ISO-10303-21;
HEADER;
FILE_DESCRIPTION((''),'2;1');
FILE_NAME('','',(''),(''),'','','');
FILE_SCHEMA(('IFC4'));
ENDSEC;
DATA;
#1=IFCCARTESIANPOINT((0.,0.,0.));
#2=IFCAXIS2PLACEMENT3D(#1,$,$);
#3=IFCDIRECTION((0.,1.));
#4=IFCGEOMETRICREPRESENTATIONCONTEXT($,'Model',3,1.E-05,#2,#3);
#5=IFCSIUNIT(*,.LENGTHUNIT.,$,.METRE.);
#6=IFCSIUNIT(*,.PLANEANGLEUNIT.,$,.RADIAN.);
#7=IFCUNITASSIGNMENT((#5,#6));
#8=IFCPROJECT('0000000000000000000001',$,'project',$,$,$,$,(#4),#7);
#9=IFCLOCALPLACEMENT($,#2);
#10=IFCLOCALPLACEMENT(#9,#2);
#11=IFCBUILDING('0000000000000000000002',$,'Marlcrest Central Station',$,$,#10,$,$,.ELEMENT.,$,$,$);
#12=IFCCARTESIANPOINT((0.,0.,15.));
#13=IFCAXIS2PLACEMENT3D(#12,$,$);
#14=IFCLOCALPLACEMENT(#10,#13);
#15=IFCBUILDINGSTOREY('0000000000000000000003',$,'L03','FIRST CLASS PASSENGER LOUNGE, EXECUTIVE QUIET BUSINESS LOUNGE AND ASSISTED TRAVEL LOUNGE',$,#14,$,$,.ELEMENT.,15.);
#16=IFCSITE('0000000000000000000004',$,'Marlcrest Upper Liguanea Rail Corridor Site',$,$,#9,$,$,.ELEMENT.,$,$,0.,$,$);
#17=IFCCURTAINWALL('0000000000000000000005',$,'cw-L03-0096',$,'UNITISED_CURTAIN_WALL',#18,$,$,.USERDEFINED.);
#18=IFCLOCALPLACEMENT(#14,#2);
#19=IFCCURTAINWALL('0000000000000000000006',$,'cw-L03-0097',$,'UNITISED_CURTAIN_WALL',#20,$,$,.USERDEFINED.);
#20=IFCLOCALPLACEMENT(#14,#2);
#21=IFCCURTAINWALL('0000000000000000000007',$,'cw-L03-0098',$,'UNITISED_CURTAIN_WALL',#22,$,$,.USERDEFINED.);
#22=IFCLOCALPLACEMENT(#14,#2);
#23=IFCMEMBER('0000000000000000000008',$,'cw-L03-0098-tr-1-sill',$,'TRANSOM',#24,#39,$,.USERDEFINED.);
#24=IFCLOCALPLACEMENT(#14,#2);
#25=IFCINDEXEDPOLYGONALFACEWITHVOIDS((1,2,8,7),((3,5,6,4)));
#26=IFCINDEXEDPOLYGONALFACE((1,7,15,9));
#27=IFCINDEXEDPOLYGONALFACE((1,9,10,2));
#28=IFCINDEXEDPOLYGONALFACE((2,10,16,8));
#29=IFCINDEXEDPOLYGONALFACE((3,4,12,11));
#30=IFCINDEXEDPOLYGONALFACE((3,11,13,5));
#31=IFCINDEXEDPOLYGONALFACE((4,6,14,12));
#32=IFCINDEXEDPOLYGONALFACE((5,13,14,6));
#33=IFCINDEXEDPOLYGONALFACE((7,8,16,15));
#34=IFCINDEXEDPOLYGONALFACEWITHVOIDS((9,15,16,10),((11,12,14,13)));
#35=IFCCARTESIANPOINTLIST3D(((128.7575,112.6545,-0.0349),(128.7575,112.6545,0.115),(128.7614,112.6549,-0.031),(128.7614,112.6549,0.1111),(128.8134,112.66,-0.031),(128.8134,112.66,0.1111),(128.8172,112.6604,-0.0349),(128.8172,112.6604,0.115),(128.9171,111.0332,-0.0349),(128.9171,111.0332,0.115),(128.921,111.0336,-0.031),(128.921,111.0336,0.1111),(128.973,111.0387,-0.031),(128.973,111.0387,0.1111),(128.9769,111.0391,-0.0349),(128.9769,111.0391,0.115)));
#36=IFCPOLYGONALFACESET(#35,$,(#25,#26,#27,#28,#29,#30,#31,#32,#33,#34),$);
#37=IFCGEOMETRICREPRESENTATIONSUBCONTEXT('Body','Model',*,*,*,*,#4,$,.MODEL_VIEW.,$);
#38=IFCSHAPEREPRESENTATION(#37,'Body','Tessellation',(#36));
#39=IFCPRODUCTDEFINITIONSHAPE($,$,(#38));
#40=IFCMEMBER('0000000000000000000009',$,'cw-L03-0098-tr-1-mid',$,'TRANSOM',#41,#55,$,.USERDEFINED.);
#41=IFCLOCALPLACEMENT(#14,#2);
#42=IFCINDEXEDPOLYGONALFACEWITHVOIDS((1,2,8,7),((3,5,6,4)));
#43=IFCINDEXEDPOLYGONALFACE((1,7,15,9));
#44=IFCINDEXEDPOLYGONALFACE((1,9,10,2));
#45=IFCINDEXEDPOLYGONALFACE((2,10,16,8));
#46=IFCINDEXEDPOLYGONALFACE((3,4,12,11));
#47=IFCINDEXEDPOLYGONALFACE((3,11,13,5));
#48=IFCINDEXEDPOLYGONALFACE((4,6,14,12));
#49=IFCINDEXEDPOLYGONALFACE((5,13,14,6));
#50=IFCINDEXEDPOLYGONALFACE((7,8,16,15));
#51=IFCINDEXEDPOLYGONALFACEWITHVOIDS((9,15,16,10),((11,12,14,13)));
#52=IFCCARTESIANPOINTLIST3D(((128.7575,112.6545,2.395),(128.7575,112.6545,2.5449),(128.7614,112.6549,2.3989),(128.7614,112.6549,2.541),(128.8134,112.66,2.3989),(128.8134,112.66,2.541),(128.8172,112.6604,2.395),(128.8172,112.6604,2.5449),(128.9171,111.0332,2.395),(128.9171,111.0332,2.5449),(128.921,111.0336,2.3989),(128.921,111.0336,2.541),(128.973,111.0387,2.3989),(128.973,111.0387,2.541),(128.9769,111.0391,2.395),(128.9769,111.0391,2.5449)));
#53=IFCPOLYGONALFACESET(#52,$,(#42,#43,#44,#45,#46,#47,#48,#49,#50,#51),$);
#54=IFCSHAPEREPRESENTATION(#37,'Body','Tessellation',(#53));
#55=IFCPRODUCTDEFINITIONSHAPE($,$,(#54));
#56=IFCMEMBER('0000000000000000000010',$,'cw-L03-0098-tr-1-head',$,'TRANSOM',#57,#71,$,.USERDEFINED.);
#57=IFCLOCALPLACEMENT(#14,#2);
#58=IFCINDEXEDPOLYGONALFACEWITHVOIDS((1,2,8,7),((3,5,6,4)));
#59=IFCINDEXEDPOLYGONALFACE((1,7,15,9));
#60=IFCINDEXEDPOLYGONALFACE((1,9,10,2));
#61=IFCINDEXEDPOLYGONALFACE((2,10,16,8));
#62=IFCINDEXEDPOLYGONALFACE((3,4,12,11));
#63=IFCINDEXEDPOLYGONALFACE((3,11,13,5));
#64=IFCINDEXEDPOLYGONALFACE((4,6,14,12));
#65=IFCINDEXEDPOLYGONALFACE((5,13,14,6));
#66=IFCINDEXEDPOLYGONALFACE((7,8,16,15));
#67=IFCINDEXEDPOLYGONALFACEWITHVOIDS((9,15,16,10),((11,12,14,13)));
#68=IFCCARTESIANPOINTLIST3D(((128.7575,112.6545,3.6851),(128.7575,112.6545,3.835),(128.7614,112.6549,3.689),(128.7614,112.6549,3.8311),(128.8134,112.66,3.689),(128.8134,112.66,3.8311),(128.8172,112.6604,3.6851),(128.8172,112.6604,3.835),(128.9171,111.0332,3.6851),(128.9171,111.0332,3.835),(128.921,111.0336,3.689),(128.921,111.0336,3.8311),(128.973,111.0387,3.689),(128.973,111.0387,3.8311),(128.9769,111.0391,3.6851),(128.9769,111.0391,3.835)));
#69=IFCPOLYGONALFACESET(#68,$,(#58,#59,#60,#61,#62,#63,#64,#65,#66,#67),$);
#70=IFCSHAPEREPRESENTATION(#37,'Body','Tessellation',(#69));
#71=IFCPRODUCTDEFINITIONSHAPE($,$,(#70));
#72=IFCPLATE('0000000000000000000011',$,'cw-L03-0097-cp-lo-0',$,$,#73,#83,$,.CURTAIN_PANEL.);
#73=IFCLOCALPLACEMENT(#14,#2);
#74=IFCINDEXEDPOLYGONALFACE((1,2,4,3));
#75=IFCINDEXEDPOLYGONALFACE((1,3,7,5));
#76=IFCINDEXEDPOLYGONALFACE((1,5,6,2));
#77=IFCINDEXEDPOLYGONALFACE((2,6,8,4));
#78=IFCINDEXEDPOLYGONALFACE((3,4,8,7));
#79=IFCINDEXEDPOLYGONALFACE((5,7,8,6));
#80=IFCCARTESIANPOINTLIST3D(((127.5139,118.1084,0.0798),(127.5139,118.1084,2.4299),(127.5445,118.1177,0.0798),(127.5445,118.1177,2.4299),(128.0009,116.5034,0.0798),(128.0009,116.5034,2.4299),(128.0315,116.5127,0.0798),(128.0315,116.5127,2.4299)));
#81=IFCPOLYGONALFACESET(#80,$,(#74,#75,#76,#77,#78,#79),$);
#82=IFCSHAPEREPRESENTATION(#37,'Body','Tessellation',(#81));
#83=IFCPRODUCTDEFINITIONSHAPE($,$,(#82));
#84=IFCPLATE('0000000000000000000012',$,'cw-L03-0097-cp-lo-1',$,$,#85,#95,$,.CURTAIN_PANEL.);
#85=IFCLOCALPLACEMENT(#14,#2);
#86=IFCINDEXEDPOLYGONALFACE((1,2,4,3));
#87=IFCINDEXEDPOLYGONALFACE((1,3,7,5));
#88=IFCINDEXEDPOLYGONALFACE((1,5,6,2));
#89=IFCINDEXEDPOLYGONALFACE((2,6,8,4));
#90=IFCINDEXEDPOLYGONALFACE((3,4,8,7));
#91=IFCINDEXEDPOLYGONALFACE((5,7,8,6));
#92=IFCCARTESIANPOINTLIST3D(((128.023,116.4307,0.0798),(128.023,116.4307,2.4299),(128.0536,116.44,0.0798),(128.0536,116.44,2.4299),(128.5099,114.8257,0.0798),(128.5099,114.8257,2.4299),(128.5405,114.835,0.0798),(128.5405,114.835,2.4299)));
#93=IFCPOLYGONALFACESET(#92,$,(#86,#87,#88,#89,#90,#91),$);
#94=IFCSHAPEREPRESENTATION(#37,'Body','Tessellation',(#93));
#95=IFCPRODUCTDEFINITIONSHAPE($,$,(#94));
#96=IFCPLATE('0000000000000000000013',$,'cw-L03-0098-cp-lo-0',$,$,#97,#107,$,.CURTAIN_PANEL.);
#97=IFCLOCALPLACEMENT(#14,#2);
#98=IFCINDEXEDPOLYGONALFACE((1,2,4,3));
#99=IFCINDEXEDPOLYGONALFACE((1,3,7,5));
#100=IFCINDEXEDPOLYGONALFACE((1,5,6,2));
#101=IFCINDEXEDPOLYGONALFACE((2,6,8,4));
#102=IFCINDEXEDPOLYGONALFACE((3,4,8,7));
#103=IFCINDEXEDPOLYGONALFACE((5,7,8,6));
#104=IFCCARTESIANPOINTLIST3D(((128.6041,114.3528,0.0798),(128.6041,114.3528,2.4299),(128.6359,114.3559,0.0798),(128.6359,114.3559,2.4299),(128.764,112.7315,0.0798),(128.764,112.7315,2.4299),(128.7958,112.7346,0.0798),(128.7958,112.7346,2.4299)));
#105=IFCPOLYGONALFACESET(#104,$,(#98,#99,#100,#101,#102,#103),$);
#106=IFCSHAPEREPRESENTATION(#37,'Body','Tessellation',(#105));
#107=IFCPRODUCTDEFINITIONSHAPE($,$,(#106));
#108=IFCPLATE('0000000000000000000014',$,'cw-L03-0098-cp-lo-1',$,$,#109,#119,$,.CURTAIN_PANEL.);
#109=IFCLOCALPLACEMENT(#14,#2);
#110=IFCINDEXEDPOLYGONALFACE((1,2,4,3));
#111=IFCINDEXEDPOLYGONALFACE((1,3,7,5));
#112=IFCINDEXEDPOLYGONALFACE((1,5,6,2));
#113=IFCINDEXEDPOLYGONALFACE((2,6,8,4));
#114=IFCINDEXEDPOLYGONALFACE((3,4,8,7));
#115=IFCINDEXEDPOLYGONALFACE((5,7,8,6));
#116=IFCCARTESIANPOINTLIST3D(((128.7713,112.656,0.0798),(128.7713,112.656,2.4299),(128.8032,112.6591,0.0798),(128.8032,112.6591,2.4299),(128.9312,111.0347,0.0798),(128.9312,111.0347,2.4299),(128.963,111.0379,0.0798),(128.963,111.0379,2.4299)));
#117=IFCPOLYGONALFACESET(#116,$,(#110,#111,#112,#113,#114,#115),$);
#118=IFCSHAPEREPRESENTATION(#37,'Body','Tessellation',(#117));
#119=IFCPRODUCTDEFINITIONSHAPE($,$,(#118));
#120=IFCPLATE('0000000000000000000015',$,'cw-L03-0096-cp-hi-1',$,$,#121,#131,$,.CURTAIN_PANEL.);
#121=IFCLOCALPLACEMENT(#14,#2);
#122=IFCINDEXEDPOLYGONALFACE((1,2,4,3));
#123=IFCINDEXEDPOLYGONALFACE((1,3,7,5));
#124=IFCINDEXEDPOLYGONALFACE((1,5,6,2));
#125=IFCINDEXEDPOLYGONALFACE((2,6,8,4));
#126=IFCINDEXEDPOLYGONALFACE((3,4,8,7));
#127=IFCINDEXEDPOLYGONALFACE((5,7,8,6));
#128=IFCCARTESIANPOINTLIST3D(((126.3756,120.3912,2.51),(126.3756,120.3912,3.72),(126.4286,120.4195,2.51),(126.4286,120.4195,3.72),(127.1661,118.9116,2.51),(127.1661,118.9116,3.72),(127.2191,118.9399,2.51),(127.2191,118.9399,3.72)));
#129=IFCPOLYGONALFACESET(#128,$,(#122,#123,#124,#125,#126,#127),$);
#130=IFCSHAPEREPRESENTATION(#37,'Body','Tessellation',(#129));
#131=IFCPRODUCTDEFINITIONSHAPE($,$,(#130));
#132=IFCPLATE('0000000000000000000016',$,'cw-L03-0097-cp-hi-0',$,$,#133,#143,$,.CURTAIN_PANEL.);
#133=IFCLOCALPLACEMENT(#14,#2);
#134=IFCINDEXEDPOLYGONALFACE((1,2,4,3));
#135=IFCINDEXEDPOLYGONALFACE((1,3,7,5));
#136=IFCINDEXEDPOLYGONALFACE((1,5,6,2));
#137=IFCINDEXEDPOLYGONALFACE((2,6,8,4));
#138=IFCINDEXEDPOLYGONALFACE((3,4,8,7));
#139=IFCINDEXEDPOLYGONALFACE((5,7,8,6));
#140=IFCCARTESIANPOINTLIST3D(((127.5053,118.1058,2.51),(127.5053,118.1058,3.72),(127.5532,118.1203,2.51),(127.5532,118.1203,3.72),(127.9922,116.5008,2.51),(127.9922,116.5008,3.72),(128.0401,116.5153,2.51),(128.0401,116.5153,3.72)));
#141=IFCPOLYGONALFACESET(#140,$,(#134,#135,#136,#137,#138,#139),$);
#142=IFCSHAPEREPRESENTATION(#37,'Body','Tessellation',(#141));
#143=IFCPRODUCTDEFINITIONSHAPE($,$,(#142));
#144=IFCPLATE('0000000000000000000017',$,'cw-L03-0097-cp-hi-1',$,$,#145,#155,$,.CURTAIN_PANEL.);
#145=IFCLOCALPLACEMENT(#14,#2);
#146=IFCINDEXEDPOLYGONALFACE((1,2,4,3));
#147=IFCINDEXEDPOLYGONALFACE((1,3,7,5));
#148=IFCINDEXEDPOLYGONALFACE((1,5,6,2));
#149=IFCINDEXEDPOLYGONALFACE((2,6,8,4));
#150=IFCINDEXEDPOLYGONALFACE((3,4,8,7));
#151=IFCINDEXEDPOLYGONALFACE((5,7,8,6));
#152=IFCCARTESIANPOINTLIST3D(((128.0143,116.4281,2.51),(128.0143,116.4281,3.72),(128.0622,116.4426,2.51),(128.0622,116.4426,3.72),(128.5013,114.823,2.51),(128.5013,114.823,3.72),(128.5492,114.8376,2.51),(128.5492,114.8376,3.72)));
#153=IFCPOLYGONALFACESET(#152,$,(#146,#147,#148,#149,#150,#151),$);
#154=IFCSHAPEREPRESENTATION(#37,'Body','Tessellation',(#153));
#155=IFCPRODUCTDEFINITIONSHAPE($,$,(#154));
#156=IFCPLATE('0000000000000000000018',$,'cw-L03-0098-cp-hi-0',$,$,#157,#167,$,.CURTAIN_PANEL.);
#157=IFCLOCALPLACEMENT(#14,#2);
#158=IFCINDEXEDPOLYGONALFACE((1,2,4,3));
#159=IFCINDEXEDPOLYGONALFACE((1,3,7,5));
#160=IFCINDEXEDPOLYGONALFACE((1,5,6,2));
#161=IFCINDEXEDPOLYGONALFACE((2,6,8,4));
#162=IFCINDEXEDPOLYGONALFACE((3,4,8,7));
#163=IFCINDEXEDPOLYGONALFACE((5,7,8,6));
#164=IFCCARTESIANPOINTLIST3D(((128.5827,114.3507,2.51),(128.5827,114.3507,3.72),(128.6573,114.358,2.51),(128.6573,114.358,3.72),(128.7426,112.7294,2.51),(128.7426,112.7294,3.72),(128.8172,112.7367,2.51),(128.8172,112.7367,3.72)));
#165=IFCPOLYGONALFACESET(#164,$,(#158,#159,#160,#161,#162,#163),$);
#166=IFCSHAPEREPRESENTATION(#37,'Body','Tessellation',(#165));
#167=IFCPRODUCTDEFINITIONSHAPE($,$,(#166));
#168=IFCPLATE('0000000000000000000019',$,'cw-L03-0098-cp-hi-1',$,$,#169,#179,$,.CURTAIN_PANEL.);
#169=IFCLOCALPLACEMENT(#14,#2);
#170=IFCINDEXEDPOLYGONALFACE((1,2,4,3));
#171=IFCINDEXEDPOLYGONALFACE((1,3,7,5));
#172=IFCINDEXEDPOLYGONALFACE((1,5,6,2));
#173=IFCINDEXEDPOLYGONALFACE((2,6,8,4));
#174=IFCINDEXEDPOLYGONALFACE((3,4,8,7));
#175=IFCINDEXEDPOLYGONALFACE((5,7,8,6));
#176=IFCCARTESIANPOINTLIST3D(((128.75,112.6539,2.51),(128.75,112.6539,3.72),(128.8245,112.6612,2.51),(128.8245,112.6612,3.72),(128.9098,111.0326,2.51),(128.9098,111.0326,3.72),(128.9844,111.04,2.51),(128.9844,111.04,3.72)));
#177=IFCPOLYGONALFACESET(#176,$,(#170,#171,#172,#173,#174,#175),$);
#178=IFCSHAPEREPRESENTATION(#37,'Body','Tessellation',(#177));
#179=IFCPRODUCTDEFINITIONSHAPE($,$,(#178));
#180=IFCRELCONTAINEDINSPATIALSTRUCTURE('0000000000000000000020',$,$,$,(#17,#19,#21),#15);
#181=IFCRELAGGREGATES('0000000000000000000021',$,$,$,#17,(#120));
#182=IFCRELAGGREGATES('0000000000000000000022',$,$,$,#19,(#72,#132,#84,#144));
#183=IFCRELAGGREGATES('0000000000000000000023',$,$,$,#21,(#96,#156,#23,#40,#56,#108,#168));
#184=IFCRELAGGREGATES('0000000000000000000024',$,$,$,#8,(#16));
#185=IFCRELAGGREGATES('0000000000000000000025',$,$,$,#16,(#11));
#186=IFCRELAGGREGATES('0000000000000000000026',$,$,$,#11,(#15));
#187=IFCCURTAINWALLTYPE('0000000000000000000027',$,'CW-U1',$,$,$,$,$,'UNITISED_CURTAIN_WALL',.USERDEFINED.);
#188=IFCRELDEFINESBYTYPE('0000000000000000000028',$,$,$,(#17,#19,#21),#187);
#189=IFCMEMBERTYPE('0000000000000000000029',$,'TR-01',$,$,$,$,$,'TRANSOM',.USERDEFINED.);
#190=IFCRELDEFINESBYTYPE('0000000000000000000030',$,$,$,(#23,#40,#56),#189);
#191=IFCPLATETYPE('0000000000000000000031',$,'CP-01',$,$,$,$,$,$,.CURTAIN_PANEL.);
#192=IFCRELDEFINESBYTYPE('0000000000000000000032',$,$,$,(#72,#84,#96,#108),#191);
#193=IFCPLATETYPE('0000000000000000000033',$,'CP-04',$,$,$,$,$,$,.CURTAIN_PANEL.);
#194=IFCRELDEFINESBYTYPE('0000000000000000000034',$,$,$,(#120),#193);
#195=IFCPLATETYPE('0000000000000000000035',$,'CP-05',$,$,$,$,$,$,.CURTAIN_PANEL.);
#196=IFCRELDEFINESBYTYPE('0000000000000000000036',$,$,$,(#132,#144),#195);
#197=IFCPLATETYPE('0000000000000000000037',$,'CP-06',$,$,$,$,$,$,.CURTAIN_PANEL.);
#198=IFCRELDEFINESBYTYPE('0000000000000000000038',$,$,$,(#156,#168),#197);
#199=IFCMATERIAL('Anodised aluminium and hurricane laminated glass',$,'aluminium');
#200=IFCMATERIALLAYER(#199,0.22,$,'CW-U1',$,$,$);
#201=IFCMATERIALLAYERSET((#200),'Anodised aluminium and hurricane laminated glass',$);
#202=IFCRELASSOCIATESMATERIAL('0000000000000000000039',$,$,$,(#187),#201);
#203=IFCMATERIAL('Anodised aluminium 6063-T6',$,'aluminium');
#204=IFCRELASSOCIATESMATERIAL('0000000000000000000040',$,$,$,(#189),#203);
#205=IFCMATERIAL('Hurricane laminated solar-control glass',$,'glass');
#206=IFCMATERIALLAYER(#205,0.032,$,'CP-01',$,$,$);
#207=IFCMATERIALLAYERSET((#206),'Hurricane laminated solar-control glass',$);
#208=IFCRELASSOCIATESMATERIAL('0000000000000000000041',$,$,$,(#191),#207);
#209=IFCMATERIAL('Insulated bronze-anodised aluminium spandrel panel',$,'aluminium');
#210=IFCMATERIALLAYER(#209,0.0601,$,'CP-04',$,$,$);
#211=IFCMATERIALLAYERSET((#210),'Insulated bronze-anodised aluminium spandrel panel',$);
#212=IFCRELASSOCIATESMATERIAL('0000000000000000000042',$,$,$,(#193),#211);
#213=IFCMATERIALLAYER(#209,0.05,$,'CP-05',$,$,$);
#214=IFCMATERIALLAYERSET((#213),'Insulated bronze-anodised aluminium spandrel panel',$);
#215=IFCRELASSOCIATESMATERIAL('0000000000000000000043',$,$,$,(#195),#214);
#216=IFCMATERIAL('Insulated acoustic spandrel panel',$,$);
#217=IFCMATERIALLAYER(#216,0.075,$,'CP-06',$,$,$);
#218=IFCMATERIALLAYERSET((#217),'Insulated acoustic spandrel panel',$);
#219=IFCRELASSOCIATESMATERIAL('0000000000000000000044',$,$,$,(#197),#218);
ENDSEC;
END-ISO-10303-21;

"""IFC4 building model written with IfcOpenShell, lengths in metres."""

from ifc_helpers import new_model, si_unit, direction, frame, origin, origin_2d, place, context, subcontext, project, spatial, rectangle, hollow_rectangle, extrude, material, layer, layer_set, material_profile, profile_set, type_object, element, aggregate, save


model = new_model("IFC4")

# Units and contexts
model_context = context("Model", 3, precision=1e-05, world=origin(), true_north=direction((0.0, 1.0)))
body_context = subcontext(model_context, "Body", "Model", "MODEL_VIEW")
ifc_project = project(units=[si_unit("LENGTHUNIT", "METRE"), si_unit("PLANEANGLEUNIT", "RADIAN")], contexts=[model_context])

# Site, building, storey
site_placement = place(None, origin())
site = spatial("IfcSite", under=ifc_project, at=site_placement, Name="Marlcrest Upper Liguanea Rail Corridor Site", CompositionType="ELEMENT", RefElevation=0.0)
building_placement = place(site_placement, origin())
building = spatial("IfcBuilding", under=site, at=building_placement, Name="Marlcrest Central Station", CompositionType="ELEMENT")
storey_placement = place(building_placement, frame((0.0, 0.0, 15.0)))
storey = spatial("IfcBuildingStorey", under=building, at=storey_placement, Name="L03", Description="FIRST CLASS PASSENGER LOUNGE, EXECUTIVE QUIET BUSINESS LOUNGE AND ASSISTED TRAVEL LOUNGE", CompositionType="ELEMENT", Elevation=15.0)

# Curtain wall
ifc_material_1 = material(Name="Anodised aluminium and hurricane laminated glass", Category="aluminium")
ifc_layer_1 = layer(ifc_material_1, 0.22, Name="CW-U1")
ifc_layer_set_1 = layer_set([ifc_layer_1], Name="Anodised aluminium and hurricane laminated glass")
curtain_wall_type = type_object("IfcCurtainWallType", Name="CW-U1", ElementType="UNITISED_CURTAIN_WALL", PredefinedType="USERDEFINED", material=ifc_layer_set_1)
curtain_wall_1_placement = place(storey_placement, origin())
curtain_wall_1 = element("IfcCurtainWall", 1, at=curtain_wall_1_placement, inside=storey, type_object=curtain_wall_type, Name="cw-L03-0096", ObjectType="UNITISED_CURTAIN_WALL", PredefinedType="USERDEFINED")
ifc_material_2 = material(Name="Anodised aluminium 6063-T6", Category="aluminium")

# Curtain walls
curtain_wall_2_placement = place(storey_placement, origin())
curtain_wall_2 = element("IfcCurtainWall", 2, at=curtain_wall_2_placement, inside=storey, type_object=curtain_wall_type, Name="cw-L03-0097", ObjectType="UNITISED_CURTAIN_WALL", PredefinedType="USERDEFINED")
curtain_wall_3_placement = place(storey_placement, origin())
curtain_wall_3 = element("IfcCurtainWall", 3, at=curtain_wall_3_placement, inside=storey, type_object=curtain_wall_type, Name="cw-L03-0098", ObjectType="UNITISED_CURTAIN_WALL", PredefinedType="USERDEFINED")

# Members
ifc_material_profile_1 = material_profile(ifc_material_2, hollow_rectangle(XDim=0.0601, YDim=0.1499, WallThickness=0.0039, at=origin_2d()), Name="AA-RHS 150x60x4")
ifc_profile_set_1 = profile_set([ifc_material_profile_1], Name="Anodised aluminium 6063-T6")
member_type_1 = type_object("IfcMemberType", Name="TR-01", ElementType="TRANSOM", PredefinedType="USERDEFINED", material=ifc_profile_set_1)
member_1_placement = place(storey_placement, frame((128.7874, 112.6575, 0.04), z_axis=(0.098005, -0.995186, 0.0), x_axis=(0.995186, 0.098005, 0.0)))
member_1 = element("IfcMember", 4, at=member_1_placement, type_object=member_type_1, Name="cw-L03-0098-tr-1-sill", ObjectType="TRANSOM", PredefinedType="USERDEFINED", context=body_context, shape_type="SweptSolid", body=[
    extrude(hollow_rectangle(XDim=0.0601, YDim=0.1499, WallThickness=0.0039, at=origin_2d()), origin(), (0.0, 0.0, 1.0), 1.6292),
])
member_2_placement = place(storey_placement, frame((128.7874, 112.6575, 2.47), z_axis=(0.098005, -0.995186, 0.0), x_axis=(0.995186, 0.098005, 0.0)))
member_2 = element("IfcMember", 5, at=member_2_placement, type_object=member_type_1, Name="cw-L03-0098-tr-1-mid", ObjectType="TRANSOM", PredefinedType="USERDEFINED", context=body_context, shape_type="SweptSolid", body=[
    extrude(hollow_rectangle(XDim=0.0601, YDim=0.1499, WallThickness=0.0039, at=origin_2d()), origin(), (0.0, 0.0, 1.0), 1.6292),
])
member_3_placement = place(storey_placement, frame((128.7874, 112.6575, 3.76), z_axis=(0.098005, -0.995186, 0.0), x_axis=(0.995186, 0.098005, 0.0)))
member_3 = element("IfcMember", 6, at=member_3_placement, type_object=member_type_1, Name="cw-L03-0098-tr-1-head", ObjectType="TRANSOM", PredefinedType="USERDEFINED", context=body_context, shape_type="SweptSolid", body=[
    extrude(hollow_rectangle(XDim=0.0601, YDim=0.1499, WallThickness=0.0039, at=origin_2d()), origin(), (0.0, 0.0, 1.0), 1.6292),
])

# Plates
ifc_material_3 = material(Name="Hurricane laminated solar-control glass", Category="glass")
ifc_layer_2 = layer(ifc_material_3, 0.032, Name="CP-01")
ifc_layer_set_2 = layer_set([ifc_layer_2], Name="Hurricane laminated solar-control glass")
plate_type_1 = type_object("IfcPlateType", Name="CP-01", PredefinedType="CURTAIN_PANEL", material=ifc_layer_set_2)
plate_1_placement = place(storey_placement, frame((127.7727, 117.3105, 0.0798), z_axis=(0.0, 0.0, 1.0), x_axis=(0.290318, -0.95693, 0.0)))
plate_1 = element("IfcPlate", 7, at=plate_1_placement, type_object=plate_type_1, Name="cw-L03-0097-cp-lo-0", PredefinedType="CURTAIN_PANEL", context=body_context, shape_type="SweptSolid", body=[
    extrude(rectangle(XDim=1.6772, YDim=0.032, at=origin_2d()), origin(), (0.0, 0.0, 1.0), 2.3501),
])
plate_2_placement = place(storey_placement, frame((128.2817, 115.6328, 0.0798), z_axis=(0.0, 0.0, 1.0), x_axis=(0.290318, -0.95693, 0.0)))
plate_2 = element("IfcPlate", 8, at=plate_2_placement, type_object=plate_type_1, Name="cw-L03-0097-cp-lo-1", PredefinedType="CURTAIN_PANEL", context=body_context, shape_type="SweptSolid", body=[
    extrude(rectangle(XDim=1.6772, YDim=0.032, at=origin_2d()), origin(), (0.0, 0.0, 1.0), 2.3501),
])
plate_3_placement = place(storey_placement, frame((128.7, 113.5437, 0.0798), z_axis=(0.0, 0.0, 1.0), x_axis=(0.098139, -0.995173, 0.0)))
plate_3 = element("IfcPlate", 9, at=plate_3_placement, type_object=plate_type_1, Name="cw-L03-0098-cp-lo-0", PredefinedType="CURTAIN_PANEL", context=body_context, shape_type="SweptSolid", body=[
    extrude(rectangle(XDim=1.6292, YDim=0.032, at=origin_2d()), origin(), (0.0, 0.0, 1.0), 2.3501),
])
plate_4_placement = place(storey_placement, frame((128.8672, 111.8469, 0.0798), z_axis=(0.0, 0.0, 1.0), x_axis=(0.098139, -0.995173, 0.0)))
plate_4 = element("IfcPlate", 10, at=plate_4_placement, type_object=plate_type_1, Name="cw-L03-0098-cp-lo-1", PredefinedType="CURTAIN_PANEL", context=body_context, shape_type="SweptSolid", body=[
    extrude(rectangle(XDim=1.6292, YDim=0.032, at=origin_2d()), origin(), (0.0, 0.0, 1.0), 2.3501),
])
ifc_material_4 = material(Name="Insulated bronze-anodised aluminium spandrel panel", Category="aluminium")
ifc_layer_3 = layer(ifc_material_4, 0.0601, Name="CP-04")
ifc_layer_set_3 = layer_set([ifc_layer_3], Name="Insulated bronze-anodised aluminium spandrel panel")
plate_type_2 = type_object("IfcPlateType", Name="CP-04", PredefinedType="CURTAIN_PANEL", material=ifc_layer_set_3)
plate_5_placement = place(storey_placement, frame((126.7974, 119.6655, 2.51), z_axis=(0.0, 0.0, 1.0), x_axis=(0.471243, -0.882004, 0.0)))
plate_5 = element("IfcPlate", 11, at=plate_5_placement, type_object=plate_type_2, Name="cw-L03-0096-cp-hi-1", PredefinedType="CURTAIN_PANEL", context=body_context, shape_type="SweptSolid", body=[
    extrude(rectangle(XDim=1.6775, YDim=0.0601, at=origin_2d()), origin(), (0.0, 0.0, 1.0), 1.21),
])
aggregate(curtain_wall_1, [plate_5])
ifc_layer_4 = layer(ifc_material_4, 0.05, Name="CP-05")
ifc_layer_set_4 = layer_set([ifc_layer_4], Name="Insulated bronze-anodised aluminium spandrel panel")
plate_type_3 = type_object("IfcPlateType", Name="CP-05", PredefinedType="CURTAIN_PANEL", material=ifc_layer_set_4)
plate_6_placement = place(storey_placement, frame((127.7727, 117.3105, 2.51), z_axis=(0.0, 0.0, 1.0), x_axis=(0.290318, -0.95693, 0.0)))
plate_6 = element("IfcPlate", 12, at=plate_6_placement, type_object=plate_type_3, Name="cw-L03-0097-cp-hi-0", PredefinedType="CURTAIN_PANEL", context=body_context, shape_type="SweptSolid", body=[
    extrude(rectangle(XDim=1.6772, YDim=0.05, at=origin_2d()), origin(), (0.0, 0.0, 1.0), 1.21),
])
plate_7_placement = place(storey_placement, frame((128.2817, 115.6328, 2.51), z_axis=(0.0, 0.0, 1.0), x_axis=(0.290318, -0.95693, 0.0)))
plate_7 = element("IfcPlate", 13, at=plate_7_placement, type_object=plate_type_3, Name="cw-L03-0097-cp-hi-1", PredefinedType="CURTAIN_PANEL", context=body_context, shape_type="SweptSolid", body=[
    extrude(rectangle(XDim=1.6772, YDim=0.05, at=origin_2d()), origin(), (0.0, 0.0, 1.0), 1.21),
])
aggregate(curtain_wall_2, [plate_1, plate_6, plate_2, plate_7])
ifc_material_5 = material(Name="Insulated acoustic spandrel panel")
ifc_layer_5 = layer(ifc_material_5, 0.075, Name="CP-06")
ifc_layer_set_5 = layer_set([ifc_layer_5], Name="Insulated acoustic spandrel panel")
plate_type_4 = type_object("IfcPlateType", Name="CP-06", PredefinedType="CURTAIN_PANEL", material=ifc_layer_set_5)
plate_8_placement = place(storey_placement, frame((128.7, 113.5437, 2.51), z_axis=(0.0, 0.0, 1.0), x_axis=(0.098139, -0.995173, 0.0)))
plate_8 = element("IfcPlate", 14, at=plate_8_placement, type_object=plate_type_4, Name="cw-L03-0098-cp-hi-0", PredefinedType="CURTAIN_PANEL", context=body_context, shape_type="SweptSolid", body=[
    extrude(rectangle(XDim=1.6292, YDim=0.075, at=origin_2d()), origin(), (0.0, 0.0, 1.0), 1.21),
])
plate_9_placement = place(storey_placement, frame((128.8672, 111.8469, 2.51), z_axis=(0.0, 0.0, 1.0), x_axis=(0.098139, -0.995173, 0.0)))
plate_9 = element("IfcPlate", 15, at=plate_9_placement, type_object=plate_type_4, Name="cw-L03-0098-cp-hi-1", PredefinedType="CURTAIN_PANEL", context=body_context, shape_type="SweptSolid", body=[
    extrude(rectangle(XDim=1.6292, YDim=0.075, at=origin_2d()), origin(), (0.0, 0.0, 1.0), 1.21),
])
aggregate(curtain_wall_3, [plate_3, plate_8, member_1, member_2, member_3, plate_4, plate_9])

save(model, "model.ifc")
